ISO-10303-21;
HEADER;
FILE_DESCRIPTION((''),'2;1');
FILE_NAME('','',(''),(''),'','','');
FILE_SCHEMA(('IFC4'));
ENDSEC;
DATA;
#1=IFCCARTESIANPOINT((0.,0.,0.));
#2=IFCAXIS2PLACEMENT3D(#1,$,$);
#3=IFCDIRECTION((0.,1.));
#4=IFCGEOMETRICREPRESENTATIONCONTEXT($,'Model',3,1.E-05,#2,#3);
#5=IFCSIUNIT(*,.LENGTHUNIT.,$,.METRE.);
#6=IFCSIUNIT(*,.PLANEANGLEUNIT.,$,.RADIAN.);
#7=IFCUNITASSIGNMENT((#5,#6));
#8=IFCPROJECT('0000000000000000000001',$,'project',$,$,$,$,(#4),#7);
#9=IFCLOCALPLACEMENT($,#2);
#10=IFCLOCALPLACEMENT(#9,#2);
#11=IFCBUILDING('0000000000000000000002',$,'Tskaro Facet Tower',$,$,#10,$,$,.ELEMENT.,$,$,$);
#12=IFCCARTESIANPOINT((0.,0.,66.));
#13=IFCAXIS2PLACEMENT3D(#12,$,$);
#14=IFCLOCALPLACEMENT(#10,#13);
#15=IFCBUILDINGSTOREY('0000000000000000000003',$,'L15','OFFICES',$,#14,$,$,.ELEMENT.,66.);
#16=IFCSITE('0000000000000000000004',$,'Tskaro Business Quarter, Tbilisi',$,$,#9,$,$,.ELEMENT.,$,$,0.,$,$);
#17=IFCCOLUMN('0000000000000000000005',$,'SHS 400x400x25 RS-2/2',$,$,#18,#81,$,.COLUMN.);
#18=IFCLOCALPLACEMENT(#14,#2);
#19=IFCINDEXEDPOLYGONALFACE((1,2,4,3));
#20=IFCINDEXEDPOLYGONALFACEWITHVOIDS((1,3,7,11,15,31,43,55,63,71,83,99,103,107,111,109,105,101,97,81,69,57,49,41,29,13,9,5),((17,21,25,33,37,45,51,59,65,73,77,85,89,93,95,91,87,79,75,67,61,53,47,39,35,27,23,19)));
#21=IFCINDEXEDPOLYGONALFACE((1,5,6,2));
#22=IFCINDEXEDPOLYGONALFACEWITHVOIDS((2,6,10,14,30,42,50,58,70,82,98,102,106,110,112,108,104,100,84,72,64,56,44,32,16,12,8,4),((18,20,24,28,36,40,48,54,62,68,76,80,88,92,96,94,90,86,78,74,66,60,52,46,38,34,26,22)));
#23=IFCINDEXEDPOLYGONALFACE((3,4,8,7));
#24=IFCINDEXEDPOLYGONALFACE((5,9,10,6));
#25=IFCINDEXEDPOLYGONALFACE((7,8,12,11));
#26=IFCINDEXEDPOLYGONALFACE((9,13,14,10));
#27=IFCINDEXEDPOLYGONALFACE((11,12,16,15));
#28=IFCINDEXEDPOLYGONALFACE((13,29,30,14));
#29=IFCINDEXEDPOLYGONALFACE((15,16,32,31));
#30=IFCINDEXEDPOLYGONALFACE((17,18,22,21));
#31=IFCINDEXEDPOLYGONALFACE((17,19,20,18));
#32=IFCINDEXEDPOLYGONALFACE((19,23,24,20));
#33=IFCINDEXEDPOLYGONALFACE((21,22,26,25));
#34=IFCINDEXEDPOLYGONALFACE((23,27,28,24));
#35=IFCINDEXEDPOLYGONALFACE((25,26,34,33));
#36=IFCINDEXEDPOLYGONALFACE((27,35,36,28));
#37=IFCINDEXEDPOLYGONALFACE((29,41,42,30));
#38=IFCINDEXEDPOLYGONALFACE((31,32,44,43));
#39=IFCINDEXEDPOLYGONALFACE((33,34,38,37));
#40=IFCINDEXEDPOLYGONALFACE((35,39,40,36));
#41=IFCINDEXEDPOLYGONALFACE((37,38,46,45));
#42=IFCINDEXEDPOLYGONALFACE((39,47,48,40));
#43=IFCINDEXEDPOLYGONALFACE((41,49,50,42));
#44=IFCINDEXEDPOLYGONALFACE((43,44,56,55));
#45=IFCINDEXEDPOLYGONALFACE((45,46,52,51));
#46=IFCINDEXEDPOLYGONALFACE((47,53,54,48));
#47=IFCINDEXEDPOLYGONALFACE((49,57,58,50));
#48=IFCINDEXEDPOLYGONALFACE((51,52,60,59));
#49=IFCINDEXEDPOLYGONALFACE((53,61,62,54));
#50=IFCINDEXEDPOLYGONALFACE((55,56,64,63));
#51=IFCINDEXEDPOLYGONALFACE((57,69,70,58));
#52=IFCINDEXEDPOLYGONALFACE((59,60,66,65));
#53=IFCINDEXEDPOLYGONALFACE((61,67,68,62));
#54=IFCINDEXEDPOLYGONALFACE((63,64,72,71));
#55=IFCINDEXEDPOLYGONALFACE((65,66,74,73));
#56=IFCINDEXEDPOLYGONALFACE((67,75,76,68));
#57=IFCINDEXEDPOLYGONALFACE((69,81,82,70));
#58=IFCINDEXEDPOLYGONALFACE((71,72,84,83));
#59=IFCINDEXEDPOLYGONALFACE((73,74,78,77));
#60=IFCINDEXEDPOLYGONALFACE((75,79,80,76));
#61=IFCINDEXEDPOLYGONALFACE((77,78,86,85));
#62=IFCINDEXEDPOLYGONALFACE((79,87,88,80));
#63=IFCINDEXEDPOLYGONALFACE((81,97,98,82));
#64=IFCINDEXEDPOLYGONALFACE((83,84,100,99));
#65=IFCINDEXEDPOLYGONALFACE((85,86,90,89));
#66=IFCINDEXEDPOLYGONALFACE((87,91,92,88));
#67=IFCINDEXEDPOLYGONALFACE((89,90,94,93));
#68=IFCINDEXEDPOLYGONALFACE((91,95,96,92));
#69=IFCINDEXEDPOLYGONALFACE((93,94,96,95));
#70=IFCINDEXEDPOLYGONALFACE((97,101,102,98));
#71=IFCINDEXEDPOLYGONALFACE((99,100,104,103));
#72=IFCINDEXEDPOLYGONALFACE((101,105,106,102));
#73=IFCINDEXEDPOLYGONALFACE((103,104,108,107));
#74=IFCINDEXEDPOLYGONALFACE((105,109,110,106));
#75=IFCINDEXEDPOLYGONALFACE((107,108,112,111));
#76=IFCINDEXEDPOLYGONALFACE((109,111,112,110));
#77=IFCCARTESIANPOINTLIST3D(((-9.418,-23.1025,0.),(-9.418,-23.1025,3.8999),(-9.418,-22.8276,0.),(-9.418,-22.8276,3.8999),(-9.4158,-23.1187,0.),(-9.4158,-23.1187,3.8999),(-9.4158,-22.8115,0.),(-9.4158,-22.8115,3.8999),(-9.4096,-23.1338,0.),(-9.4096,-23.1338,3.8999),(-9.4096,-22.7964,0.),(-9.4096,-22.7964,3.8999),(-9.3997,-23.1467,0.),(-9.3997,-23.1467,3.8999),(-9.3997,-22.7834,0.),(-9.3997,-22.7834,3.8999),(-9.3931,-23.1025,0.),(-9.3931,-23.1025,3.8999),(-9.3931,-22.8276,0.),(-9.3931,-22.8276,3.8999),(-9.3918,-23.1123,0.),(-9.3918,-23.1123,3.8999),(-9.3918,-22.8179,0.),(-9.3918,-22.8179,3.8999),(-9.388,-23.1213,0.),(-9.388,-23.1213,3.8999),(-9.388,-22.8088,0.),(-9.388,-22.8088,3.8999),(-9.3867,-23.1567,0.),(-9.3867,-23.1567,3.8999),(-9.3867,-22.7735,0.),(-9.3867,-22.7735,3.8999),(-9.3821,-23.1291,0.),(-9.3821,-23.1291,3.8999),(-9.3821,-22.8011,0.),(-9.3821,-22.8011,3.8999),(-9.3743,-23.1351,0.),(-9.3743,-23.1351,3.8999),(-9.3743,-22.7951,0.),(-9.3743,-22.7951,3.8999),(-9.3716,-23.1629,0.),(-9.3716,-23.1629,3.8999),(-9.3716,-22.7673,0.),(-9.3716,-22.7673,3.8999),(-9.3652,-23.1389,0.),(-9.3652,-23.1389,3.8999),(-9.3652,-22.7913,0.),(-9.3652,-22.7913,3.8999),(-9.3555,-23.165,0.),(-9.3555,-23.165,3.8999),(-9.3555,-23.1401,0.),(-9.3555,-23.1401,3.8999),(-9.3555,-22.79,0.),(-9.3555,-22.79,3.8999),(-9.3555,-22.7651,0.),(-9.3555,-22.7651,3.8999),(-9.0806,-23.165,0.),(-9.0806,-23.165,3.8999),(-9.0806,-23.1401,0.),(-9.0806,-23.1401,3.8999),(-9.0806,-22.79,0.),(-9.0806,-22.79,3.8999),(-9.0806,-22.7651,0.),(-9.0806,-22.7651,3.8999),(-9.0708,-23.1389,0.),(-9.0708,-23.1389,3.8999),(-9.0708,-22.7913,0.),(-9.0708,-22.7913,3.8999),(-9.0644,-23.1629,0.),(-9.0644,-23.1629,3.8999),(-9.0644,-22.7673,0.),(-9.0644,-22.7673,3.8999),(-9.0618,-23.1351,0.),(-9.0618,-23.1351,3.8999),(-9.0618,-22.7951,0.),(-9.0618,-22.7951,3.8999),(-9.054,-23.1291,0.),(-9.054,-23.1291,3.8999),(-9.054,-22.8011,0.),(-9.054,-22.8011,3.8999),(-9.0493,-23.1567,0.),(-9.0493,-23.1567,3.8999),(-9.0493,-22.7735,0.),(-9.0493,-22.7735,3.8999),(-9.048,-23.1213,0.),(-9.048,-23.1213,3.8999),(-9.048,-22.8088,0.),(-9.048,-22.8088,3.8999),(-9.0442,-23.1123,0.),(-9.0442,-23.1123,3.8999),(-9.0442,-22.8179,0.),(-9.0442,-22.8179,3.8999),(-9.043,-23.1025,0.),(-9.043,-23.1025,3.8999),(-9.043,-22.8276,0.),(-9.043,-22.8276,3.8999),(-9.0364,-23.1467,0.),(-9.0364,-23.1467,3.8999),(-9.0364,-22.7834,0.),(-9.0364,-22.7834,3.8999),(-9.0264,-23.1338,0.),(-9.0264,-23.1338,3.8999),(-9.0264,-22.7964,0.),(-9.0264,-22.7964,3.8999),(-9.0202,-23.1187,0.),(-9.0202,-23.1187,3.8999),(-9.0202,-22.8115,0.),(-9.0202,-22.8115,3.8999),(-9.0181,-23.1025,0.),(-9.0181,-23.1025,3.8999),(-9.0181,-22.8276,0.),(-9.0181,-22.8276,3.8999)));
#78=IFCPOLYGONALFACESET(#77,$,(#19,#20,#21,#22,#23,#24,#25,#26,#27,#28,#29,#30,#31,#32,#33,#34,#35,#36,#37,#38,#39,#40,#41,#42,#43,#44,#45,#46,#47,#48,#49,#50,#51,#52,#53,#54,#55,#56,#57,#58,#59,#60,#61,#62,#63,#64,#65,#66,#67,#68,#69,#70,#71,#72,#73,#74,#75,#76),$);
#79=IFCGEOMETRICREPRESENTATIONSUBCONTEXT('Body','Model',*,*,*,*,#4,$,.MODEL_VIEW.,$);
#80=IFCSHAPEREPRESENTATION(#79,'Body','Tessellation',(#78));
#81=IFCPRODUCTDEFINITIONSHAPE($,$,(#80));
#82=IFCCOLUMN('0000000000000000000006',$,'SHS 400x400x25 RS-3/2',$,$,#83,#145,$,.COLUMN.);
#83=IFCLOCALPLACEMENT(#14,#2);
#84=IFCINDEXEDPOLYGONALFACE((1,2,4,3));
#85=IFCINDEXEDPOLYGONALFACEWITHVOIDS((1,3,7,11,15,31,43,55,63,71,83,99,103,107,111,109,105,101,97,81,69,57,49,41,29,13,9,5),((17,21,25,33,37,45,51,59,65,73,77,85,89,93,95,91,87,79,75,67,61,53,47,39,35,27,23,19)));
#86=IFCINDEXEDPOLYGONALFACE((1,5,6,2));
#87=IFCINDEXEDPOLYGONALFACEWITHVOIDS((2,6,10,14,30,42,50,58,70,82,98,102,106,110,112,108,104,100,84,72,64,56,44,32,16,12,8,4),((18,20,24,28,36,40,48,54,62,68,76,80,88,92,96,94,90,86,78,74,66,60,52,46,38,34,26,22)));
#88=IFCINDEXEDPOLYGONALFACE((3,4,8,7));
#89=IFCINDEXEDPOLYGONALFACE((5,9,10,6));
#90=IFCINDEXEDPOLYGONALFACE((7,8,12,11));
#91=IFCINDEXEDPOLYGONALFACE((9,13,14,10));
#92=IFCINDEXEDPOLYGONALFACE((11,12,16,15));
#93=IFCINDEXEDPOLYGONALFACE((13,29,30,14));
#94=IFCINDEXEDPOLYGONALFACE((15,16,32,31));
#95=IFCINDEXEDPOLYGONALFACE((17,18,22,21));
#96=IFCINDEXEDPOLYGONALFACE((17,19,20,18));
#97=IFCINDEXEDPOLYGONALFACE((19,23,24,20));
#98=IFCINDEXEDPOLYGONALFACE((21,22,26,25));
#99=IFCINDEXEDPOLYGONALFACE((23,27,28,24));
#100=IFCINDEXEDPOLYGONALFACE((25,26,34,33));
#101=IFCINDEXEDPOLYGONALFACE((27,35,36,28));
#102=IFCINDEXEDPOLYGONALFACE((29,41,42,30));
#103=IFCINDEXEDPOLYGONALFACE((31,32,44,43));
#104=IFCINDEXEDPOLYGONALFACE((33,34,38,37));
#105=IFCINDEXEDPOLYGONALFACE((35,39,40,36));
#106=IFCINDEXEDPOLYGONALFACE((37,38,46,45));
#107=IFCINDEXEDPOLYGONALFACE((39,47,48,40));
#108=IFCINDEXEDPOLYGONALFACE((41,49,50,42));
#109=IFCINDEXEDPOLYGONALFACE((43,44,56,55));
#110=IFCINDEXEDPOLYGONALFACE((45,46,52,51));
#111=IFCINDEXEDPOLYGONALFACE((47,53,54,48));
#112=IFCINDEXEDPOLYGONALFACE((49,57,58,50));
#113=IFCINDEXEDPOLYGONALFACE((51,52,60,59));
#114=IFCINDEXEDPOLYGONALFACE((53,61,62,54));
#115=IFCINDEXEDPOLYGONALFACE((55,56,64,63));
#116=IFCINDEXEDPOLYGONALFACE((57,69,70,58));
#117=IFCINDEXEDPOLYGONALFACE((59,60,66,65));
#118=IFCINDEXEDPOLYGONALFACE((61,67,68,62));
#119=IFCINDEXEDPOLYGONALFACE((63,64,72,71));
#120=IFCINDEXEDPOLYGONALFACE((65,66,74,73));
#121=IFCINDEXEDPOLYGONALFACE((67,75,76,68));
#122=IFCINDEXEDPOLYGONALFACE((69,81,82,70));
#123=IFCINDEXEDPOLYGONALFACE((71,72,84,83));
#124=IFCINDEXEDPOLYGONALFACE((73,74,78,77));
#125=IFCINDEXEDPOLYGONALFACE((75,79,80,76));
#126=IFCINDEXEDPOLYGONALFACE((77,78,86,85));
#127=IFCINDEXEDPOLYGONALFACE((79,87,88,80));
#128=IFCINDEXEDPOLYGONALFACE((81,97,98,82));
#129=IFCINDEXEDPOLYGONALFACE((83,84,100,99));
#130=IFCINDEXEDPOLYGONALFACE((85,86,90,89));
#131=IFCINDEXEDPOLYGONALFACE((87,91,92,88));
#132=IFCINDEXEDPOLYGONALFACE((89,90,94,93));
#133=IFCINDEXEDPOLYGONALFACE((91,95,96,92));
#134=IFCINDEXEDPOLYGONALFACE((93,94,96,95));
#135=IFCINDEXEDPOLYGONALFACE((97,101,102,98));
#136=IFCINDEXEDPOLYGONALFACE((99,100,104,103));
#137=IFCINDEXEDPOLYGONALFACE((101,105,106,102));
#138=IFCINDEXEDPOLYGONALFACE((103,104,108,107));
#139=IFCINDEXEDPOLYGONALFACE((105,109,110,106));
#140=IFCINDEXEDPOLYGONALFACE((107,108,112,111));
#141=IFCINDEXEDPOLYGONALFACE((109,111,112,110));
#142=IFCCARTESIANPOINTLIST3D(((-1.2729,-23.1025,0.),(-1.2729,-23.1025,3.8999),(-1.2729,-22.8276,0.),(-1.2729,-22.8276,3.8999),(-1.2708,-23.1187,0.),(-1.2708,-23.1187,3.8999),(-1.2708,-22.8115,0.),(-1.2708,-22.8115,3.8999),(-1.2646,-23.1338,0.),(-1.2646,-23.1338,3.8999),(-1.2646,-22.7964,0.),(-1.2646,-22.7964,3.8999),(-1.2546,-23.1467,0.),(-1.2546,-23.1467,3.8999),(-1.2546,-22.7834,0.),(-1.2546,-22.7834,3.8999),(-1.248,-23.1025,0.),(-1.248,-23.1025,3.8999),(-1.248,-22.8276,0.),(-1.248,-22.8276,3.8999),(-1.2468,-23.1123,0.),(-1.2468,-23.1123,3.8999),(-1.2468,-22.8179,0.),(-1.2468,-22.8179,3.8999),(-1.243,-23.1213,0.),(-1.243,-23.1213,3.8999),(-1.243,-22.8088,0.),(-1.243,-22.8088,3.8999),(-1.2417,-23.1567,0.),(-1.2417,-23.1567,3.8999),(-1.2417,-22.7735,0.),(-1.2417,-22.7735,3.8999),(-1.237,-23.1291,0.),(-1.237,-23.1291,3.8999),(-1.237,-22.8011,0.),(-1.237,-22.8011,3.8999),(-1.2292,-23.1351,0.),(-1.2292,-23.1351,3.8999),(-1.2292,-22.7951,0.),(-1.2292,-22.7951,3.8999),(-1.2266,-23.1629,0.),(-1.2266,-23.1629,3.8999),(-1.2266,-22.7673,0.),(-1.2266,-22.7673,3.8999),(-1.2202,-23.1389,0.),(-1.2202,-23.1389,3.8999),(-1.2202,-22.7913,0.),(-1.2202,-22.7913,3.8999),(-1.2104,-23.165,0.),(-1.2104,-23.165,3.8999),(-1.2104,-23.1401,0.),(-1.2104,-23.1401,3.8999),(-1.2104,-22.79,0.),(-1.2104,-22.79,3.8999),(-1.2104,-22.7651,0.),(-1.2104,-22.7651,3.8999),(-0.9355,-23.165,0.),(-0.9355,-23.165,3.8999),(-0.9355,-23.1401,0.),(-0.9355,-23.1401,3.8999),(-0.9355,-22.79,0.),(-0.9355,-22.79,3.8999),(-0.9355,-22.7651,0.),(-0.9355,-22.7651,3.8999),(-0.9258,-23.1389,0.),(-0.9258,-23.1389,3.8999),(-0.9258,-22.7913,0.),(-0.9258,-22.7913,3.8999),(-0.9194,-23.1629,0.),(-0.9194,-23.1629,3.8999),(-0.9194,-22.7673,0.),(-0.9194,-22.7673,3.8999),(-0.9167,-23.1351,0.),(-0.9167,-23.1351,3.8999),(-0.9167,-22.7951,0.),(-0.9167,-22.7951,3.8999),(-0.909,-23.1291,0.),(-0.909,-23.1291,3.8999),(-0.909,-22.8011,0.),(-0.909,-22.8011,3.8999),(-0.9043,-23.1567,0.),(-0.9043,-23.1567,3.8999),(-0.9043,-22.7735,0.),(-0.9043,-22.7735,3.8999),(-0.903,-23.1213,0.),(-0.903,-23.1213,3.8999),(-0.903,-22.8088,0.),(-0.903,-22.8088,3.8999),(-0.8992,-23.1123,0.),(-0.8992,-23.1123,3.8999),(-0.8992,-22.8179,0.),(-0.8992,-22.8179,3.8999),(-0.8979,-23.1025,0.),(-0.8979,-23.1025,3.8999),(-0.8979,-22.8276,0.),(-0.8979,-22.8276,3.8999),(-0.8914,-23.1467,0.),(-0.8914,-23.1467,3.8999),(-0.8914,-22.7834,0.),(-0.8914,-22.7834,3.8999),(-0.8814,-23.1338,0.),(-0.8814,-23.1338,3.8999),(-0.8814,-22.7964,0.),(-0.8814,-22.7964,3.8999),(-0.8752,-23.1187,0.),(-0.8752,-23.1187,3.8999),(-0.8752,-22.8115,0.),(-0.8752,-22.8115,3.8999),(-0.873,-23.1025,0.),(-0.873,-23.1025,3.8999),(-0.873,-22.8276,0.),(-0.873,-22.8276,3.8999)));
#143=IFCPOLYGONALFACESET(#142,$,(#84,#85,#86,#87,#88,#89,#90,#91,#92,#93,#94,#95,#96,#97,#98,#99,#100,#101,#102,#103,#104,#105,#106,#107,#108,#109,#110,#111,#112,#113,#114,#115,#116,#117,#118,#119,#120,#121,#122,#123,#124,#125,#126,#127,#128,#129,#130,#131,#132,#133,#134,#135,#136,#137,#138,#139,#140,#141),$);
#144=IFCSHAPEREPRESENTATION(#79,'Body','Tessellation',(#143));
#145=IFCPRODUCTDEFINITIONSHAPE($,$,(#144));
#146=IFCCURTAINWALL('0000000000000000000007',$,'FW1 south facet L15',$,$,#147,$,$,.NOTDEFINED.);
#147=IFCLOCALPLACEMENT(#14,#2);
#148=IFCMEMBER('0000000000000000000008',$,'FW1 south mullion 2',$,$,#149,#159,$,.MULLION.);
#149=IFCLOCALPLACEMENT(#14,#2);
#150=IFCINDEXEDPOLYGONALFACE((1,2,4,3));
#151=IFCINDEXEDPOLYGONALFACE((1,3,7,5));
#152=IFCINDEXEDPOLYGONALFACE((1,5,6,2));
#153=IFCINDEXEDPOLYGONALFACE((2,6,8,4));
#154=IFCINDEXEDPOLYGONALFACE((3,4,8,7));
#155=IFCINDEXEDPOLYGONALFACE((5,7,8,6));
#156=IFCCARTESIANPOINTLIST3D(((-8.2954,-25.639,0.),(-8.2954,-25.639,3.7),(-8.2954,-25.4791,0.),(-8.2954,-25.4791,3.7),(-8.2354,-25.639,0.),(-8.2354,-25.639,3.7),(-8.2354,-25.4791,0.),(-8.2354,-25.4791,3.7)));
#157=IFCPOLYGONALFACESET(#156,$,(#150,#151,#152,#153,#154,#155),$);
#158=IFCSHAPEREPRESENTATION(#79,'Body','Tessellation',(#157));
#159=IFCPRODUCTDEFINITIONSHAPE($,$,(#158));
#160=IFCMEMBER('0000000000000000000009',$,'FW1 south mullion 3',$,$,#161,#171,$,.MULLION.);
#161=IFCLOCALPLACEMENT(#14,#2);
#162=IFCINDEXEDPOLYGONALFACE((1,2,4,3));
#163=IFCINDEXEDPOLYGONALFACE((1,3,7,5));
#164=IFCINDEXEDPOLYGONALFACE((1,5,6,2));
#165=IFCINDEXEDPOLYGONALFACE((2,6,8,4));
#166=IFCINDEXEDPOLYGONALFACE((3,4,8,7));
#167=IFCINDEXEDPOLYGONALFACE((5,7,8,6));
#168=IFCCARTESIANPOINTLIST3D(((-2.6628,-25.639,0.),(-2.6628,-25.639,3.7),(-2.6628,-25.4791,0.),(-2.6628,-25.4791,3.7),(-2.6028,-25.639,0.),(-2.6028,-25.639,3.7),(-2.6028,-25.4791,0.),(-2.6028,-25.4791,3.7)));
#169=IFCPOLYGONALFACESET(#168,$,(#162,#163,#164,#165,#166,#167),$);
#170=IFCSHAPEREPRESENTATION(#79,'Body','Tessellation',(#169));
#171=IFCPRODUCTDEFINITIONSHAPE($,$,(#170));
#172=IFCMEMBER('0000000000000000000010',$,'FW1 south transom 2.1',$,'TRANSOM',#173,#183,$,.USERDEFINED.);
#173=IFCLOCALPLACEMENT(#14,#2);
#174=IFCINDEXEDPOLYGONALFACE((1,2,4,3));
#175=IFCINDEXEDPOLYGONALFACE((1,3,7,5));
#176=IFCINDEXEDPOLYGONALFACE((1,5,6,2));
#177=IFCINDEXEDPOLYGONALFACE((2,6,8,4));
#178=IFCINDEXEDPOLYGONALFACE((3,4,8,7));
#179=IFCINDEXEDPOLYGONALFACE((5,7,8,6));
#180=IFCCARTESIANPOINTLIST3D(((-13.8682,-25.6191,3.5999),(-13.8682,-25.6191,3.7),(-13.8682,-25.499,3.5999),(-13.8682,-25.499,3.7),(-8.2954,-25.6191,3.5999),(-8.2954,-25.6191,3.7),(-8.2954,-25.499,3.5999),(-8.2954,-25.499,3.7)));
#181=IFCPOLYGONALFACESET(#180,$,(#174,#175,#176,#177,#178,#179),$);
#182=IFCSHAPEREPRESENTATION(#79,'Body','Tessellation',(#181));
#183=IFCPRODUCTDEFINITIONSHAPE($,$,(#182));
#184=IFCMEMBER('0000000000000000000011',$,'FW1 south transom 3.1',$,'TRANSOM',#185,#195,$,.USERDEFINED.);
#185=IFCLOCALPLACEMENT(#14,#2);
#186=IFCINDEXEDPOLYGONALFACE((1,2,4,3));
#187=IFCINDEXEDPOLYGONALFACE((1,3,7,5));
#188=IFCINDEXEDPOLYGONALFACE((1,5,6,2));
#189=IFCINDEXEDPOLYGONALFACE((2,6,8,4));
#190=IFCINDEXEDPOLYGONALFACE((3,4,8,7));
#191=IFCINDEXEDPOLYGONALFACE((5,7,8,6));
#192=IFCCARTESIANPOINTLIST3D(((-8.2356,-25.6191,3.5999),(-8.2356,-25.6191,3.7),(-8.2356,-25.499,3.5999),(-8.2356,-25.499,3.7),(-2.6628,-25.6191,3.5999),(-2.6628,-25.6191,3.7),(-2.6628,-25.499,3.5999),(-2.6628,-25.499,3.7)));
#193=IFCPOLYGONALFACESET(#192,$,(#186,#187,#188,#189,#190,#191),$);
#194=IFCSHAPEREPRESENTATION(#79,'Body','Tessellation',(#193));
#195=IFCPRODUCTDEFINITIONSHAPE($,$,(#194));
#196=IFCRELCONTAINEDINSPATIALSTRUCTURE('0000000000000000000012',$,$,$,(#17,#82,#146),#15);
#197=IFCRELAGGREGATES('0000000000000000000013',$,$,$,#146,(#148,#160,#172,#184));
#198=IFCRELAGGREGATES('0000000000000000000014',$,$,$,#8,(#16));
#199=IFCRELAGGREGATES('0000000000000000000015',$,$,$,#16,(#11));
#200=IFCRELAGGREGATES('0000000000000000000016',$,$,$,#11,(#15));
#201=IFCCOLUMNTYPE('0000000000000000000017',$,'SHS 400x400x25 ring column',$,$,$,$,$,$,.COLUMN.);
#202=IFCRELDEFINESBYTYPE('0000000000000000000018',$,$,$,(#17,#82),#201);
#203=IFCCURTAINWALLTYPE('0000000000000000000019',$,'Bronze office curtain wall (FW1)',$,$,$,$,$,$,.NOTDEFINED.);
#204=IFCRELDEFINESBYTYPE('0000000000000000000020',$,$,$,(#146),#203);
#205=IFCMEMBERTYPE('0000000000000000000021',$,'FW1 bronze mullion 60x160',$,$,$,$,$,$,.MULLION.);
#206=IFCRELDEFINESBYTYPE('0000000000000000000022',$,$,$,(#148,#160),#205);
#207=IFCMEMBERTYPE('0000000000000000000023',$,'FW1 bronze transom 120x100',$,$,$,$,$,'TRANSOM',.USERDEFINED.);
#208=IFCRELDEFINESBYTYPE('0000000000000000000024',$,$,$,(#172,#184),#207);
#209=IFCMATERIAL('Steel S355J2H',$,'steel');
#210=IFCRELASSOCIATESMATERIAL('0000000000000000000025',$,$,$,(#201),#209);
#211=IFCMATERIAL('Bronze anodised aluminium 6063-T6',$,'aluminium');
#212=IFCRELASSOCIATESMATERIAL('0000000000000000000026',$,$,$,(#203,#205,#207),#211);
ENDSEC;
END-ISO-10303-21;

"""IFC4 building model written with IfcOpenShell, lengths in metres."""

from ifc_helpers import new_model, si_unit, direction, frame, origin, origin_2d, place, context, subcontext, project, spatial, rectangle, hollow_rectangle, extrude, material, material_profile, profile_set, type_object, element, aggregate, save


model = new_model("IFC4")

# Units and contexts
model_context = context("Model", 3, precision=1e-05, world=origin(), true_north=direction((0.0, 1.0)))
body_context = subcontext(model_context, "Body", "Model", "MODEL_VIEW")
ifc_project = project(units=[si_unit("LENGTHUNIT", "METRE"), si_unit("PLANEANGLEUNIT", "RADIAN")], contexts=[model_context])

# Site, building, storey
site_placement = place(None, origin())
site = spatial("IfcSite", under=ifc_project, at=site_placement, Name="Tskaro Business Quarter, Tbilisi", CompositionType="ELEMENT", RefElevation=0.0)
building_placement = place(site_placement, origin())
building = spatial("IfcBuilding", under=site, at=building_placement, Name="Tskaro Facet Tower", CompositionType="ELEMENT")
storey_placement = place(building_placement, frame((0.0, 0.0, 66.0)))
storey = spatial("IfcBuildingStorey", under=building, at=storey_placement, Name="L15", Description="OFFICES", CompositionType="ELEMENT", Elevation=66.0)

# Columns
ifc_material_1 = material(Name="Steel S355J2H", Category="steel")
ifc_material_profile_1 = material_profile(ifc_material_1, hollow_rectangle(XDim=0.3999, YDim=0.3999, WallThickness=0.0249, InnerFilletRadius=0.0376, OuterFilletRadius=0.0625, at=origin_2d()), Name="SHS 400x400x25")
ifc_profile_set_1 = profile_set([ifc_material_profile_1], Name="Steel S355J2H")
column_type_1 = type_object("IfcColumnType", Name="SHS 400x400x25 ring column", PredefinedType="COLUMN", material=ifc_profile_set_1)
for number, where, z_axis, x_axis, name in (
    (1, (-9.218, -22.9651, 0.0), (0.0, 0.0, 1.0), (1.0, 0.0, 0.0), "SHS 400x400x25 RS-2/2"),
    (2, (-1.073, -22.9651, 0.0), (0.0, 0.0, 1.0), (1.0, 0.0, 0.0), "SHS 400x400x25 RS-3/2"),
):
    element("IfcColumn", number, at=place(storey_placement, frame(where, z_axis=z_axis, x_axis=x_axis)), inside=storey, type_object=column_type_1, Name=name, PredefinedType="COLUMN", context=body_context, shape_type="SweptSolid", body=[
        extrude(hollow_rectangle(XDim=0.3999, YDim=0.3999, WallThickness=0.0249, InnerFilletRadius=0.0376, OuterFilletRadius=0.0625, at=origin_2d()), origin(), (0.0, 0.0, 1.0), 3.8999),
    ])

# Curtain wall, members
ifc_material_2 = material(Name="Bronze anodised aluminium 6063-T6", Category="aluminium")
curtain_wall_type = type_object("IfcCurtainWallType", Name="Bronze office curtain wall (FW1)", PredefinedType="NOTDEFINED", material=ifc_material_2)
curtain_wall_placement = place(storey_placement, origin())
curtain_wall = element("IfcCurtainWall", 3, at=curtain_wall_placement, inside=storey, type_object=curtain_wall_type, Name="FW1 south facet L15", PredefinedType="NOTDEFINED")
ifc_material_profile_2 = material_profile(ifc_material_2, rectangle(XDim=0.0601, YDim=0.1599, at=origin_2d()), Name="Mullion 60x160")
ifc_profile_set_2 = profile_set([ifc_material_profile_2], Name="Bronze anodised aluminium 6063-T6")
member_type_1 = type_object("IfcMemberType", Name="FW1 bronze mullion 60x160", PredefinedType="MULLION", material=ifc_profile_set_2)
member_1_placement = place(storey_placement, frame((-8.2654, -25.5591, 0.0), z_axis=(0.0, 0.0, 1.0), x_axis=(1.0, 0.0, 0.0)))
member_1 = element("IfcMember", 4, at=member_1_placement, type_object=member_type_1, Name="FW1 south mullion 2", PredefinedType="MULLION", context=body_context, shape_type="SweptSolid", body=[
    extrude(rectangle(XDim=0.0601, YDim=0.1599, at=origin_2d()), origin(), (0.0, 0.0, 1.0), 3.7),
])
member_2_placement = place(storey_placement, frame((-2.6328, -25.5591, 0.0), z_axis=(0.0, 0.0, 1.0), x_axis=(1.0, 0.0, 0.0)))
member_2 = element("IfcMember", 5, at=member_2_placement, type_object=member_type_1, Name="FW1 south mullion 3", PredefinedType="MULLION", context=body_context, shape_type="SweptSolid", body=[
    extrude(rectangle(XDim=0.0601, YDim=0.1599, at=origin_2d()), origin(), (0.0, 0.0, 1.0), 3.7),
])
ifc_material_profile_3 = material_profile(ifc_material_2, rectangle(XDim=0.1201, YDim=0.1001, at=origin_2d()), Name="Transom 120x100")
ifc_profile_set_3 = profile_set([ifc_material_profile_3], Name="Bronze anodised aluminium 6063-T6")
member_type_2 = type_object("IfcMemberType", Name="FW1 bronze transom 120x100", ElementType="TRANSOM", PredefinedType="USERDEFINED", material=ifc_profile_set_3)
member_3_placement = place(storey_placement, frame((-13.8682, -25.5591, 3.6499), z_axis=(1.0, 0.0, 0.0), x_axis=(0.0, 1.0, 0.0)))
member_3 = element("IfcMember", 6, at=member_3_placement, type_object=member_type_2, Name="FW1 south transom 2.1", ObjectType="TRANSOM", PredefinedType="USERDEFINED", context=body_context, shape_type="SweptSolid", body=[
    extrude(rectangle(XDim=0.1201, YDim=0.1001, at=origin_2d()), origin(), (0.0, 0.0, 1.0), 5.5728),
])
member_4_placement = place(storey_placement, frame((-8.2356, -25.5591, 3.6499), z_axis=(1.0, 0.0, 0.0), x_axis=(0.0, 1.0, 0.0)))
member_4 = element("IfcMember", 7, at=member_4_placement, type_object=member_type_2, Name="FW1 south transom 3.1", ObjectType="TRANSOM", PredefinedType="USERDEFINED", context=body_context, shape_type="SweptSolid", body=[
    extrude(rectangle(XDim=0.1201, YDim=0.1001, at=origin_2d()), origin(), (0.0, 0.0, 1.0), 5.5728),
])

aggregate(curtain_wall, [member_1, member_2, member_3, member_4])

save(model, "model.ifc")
